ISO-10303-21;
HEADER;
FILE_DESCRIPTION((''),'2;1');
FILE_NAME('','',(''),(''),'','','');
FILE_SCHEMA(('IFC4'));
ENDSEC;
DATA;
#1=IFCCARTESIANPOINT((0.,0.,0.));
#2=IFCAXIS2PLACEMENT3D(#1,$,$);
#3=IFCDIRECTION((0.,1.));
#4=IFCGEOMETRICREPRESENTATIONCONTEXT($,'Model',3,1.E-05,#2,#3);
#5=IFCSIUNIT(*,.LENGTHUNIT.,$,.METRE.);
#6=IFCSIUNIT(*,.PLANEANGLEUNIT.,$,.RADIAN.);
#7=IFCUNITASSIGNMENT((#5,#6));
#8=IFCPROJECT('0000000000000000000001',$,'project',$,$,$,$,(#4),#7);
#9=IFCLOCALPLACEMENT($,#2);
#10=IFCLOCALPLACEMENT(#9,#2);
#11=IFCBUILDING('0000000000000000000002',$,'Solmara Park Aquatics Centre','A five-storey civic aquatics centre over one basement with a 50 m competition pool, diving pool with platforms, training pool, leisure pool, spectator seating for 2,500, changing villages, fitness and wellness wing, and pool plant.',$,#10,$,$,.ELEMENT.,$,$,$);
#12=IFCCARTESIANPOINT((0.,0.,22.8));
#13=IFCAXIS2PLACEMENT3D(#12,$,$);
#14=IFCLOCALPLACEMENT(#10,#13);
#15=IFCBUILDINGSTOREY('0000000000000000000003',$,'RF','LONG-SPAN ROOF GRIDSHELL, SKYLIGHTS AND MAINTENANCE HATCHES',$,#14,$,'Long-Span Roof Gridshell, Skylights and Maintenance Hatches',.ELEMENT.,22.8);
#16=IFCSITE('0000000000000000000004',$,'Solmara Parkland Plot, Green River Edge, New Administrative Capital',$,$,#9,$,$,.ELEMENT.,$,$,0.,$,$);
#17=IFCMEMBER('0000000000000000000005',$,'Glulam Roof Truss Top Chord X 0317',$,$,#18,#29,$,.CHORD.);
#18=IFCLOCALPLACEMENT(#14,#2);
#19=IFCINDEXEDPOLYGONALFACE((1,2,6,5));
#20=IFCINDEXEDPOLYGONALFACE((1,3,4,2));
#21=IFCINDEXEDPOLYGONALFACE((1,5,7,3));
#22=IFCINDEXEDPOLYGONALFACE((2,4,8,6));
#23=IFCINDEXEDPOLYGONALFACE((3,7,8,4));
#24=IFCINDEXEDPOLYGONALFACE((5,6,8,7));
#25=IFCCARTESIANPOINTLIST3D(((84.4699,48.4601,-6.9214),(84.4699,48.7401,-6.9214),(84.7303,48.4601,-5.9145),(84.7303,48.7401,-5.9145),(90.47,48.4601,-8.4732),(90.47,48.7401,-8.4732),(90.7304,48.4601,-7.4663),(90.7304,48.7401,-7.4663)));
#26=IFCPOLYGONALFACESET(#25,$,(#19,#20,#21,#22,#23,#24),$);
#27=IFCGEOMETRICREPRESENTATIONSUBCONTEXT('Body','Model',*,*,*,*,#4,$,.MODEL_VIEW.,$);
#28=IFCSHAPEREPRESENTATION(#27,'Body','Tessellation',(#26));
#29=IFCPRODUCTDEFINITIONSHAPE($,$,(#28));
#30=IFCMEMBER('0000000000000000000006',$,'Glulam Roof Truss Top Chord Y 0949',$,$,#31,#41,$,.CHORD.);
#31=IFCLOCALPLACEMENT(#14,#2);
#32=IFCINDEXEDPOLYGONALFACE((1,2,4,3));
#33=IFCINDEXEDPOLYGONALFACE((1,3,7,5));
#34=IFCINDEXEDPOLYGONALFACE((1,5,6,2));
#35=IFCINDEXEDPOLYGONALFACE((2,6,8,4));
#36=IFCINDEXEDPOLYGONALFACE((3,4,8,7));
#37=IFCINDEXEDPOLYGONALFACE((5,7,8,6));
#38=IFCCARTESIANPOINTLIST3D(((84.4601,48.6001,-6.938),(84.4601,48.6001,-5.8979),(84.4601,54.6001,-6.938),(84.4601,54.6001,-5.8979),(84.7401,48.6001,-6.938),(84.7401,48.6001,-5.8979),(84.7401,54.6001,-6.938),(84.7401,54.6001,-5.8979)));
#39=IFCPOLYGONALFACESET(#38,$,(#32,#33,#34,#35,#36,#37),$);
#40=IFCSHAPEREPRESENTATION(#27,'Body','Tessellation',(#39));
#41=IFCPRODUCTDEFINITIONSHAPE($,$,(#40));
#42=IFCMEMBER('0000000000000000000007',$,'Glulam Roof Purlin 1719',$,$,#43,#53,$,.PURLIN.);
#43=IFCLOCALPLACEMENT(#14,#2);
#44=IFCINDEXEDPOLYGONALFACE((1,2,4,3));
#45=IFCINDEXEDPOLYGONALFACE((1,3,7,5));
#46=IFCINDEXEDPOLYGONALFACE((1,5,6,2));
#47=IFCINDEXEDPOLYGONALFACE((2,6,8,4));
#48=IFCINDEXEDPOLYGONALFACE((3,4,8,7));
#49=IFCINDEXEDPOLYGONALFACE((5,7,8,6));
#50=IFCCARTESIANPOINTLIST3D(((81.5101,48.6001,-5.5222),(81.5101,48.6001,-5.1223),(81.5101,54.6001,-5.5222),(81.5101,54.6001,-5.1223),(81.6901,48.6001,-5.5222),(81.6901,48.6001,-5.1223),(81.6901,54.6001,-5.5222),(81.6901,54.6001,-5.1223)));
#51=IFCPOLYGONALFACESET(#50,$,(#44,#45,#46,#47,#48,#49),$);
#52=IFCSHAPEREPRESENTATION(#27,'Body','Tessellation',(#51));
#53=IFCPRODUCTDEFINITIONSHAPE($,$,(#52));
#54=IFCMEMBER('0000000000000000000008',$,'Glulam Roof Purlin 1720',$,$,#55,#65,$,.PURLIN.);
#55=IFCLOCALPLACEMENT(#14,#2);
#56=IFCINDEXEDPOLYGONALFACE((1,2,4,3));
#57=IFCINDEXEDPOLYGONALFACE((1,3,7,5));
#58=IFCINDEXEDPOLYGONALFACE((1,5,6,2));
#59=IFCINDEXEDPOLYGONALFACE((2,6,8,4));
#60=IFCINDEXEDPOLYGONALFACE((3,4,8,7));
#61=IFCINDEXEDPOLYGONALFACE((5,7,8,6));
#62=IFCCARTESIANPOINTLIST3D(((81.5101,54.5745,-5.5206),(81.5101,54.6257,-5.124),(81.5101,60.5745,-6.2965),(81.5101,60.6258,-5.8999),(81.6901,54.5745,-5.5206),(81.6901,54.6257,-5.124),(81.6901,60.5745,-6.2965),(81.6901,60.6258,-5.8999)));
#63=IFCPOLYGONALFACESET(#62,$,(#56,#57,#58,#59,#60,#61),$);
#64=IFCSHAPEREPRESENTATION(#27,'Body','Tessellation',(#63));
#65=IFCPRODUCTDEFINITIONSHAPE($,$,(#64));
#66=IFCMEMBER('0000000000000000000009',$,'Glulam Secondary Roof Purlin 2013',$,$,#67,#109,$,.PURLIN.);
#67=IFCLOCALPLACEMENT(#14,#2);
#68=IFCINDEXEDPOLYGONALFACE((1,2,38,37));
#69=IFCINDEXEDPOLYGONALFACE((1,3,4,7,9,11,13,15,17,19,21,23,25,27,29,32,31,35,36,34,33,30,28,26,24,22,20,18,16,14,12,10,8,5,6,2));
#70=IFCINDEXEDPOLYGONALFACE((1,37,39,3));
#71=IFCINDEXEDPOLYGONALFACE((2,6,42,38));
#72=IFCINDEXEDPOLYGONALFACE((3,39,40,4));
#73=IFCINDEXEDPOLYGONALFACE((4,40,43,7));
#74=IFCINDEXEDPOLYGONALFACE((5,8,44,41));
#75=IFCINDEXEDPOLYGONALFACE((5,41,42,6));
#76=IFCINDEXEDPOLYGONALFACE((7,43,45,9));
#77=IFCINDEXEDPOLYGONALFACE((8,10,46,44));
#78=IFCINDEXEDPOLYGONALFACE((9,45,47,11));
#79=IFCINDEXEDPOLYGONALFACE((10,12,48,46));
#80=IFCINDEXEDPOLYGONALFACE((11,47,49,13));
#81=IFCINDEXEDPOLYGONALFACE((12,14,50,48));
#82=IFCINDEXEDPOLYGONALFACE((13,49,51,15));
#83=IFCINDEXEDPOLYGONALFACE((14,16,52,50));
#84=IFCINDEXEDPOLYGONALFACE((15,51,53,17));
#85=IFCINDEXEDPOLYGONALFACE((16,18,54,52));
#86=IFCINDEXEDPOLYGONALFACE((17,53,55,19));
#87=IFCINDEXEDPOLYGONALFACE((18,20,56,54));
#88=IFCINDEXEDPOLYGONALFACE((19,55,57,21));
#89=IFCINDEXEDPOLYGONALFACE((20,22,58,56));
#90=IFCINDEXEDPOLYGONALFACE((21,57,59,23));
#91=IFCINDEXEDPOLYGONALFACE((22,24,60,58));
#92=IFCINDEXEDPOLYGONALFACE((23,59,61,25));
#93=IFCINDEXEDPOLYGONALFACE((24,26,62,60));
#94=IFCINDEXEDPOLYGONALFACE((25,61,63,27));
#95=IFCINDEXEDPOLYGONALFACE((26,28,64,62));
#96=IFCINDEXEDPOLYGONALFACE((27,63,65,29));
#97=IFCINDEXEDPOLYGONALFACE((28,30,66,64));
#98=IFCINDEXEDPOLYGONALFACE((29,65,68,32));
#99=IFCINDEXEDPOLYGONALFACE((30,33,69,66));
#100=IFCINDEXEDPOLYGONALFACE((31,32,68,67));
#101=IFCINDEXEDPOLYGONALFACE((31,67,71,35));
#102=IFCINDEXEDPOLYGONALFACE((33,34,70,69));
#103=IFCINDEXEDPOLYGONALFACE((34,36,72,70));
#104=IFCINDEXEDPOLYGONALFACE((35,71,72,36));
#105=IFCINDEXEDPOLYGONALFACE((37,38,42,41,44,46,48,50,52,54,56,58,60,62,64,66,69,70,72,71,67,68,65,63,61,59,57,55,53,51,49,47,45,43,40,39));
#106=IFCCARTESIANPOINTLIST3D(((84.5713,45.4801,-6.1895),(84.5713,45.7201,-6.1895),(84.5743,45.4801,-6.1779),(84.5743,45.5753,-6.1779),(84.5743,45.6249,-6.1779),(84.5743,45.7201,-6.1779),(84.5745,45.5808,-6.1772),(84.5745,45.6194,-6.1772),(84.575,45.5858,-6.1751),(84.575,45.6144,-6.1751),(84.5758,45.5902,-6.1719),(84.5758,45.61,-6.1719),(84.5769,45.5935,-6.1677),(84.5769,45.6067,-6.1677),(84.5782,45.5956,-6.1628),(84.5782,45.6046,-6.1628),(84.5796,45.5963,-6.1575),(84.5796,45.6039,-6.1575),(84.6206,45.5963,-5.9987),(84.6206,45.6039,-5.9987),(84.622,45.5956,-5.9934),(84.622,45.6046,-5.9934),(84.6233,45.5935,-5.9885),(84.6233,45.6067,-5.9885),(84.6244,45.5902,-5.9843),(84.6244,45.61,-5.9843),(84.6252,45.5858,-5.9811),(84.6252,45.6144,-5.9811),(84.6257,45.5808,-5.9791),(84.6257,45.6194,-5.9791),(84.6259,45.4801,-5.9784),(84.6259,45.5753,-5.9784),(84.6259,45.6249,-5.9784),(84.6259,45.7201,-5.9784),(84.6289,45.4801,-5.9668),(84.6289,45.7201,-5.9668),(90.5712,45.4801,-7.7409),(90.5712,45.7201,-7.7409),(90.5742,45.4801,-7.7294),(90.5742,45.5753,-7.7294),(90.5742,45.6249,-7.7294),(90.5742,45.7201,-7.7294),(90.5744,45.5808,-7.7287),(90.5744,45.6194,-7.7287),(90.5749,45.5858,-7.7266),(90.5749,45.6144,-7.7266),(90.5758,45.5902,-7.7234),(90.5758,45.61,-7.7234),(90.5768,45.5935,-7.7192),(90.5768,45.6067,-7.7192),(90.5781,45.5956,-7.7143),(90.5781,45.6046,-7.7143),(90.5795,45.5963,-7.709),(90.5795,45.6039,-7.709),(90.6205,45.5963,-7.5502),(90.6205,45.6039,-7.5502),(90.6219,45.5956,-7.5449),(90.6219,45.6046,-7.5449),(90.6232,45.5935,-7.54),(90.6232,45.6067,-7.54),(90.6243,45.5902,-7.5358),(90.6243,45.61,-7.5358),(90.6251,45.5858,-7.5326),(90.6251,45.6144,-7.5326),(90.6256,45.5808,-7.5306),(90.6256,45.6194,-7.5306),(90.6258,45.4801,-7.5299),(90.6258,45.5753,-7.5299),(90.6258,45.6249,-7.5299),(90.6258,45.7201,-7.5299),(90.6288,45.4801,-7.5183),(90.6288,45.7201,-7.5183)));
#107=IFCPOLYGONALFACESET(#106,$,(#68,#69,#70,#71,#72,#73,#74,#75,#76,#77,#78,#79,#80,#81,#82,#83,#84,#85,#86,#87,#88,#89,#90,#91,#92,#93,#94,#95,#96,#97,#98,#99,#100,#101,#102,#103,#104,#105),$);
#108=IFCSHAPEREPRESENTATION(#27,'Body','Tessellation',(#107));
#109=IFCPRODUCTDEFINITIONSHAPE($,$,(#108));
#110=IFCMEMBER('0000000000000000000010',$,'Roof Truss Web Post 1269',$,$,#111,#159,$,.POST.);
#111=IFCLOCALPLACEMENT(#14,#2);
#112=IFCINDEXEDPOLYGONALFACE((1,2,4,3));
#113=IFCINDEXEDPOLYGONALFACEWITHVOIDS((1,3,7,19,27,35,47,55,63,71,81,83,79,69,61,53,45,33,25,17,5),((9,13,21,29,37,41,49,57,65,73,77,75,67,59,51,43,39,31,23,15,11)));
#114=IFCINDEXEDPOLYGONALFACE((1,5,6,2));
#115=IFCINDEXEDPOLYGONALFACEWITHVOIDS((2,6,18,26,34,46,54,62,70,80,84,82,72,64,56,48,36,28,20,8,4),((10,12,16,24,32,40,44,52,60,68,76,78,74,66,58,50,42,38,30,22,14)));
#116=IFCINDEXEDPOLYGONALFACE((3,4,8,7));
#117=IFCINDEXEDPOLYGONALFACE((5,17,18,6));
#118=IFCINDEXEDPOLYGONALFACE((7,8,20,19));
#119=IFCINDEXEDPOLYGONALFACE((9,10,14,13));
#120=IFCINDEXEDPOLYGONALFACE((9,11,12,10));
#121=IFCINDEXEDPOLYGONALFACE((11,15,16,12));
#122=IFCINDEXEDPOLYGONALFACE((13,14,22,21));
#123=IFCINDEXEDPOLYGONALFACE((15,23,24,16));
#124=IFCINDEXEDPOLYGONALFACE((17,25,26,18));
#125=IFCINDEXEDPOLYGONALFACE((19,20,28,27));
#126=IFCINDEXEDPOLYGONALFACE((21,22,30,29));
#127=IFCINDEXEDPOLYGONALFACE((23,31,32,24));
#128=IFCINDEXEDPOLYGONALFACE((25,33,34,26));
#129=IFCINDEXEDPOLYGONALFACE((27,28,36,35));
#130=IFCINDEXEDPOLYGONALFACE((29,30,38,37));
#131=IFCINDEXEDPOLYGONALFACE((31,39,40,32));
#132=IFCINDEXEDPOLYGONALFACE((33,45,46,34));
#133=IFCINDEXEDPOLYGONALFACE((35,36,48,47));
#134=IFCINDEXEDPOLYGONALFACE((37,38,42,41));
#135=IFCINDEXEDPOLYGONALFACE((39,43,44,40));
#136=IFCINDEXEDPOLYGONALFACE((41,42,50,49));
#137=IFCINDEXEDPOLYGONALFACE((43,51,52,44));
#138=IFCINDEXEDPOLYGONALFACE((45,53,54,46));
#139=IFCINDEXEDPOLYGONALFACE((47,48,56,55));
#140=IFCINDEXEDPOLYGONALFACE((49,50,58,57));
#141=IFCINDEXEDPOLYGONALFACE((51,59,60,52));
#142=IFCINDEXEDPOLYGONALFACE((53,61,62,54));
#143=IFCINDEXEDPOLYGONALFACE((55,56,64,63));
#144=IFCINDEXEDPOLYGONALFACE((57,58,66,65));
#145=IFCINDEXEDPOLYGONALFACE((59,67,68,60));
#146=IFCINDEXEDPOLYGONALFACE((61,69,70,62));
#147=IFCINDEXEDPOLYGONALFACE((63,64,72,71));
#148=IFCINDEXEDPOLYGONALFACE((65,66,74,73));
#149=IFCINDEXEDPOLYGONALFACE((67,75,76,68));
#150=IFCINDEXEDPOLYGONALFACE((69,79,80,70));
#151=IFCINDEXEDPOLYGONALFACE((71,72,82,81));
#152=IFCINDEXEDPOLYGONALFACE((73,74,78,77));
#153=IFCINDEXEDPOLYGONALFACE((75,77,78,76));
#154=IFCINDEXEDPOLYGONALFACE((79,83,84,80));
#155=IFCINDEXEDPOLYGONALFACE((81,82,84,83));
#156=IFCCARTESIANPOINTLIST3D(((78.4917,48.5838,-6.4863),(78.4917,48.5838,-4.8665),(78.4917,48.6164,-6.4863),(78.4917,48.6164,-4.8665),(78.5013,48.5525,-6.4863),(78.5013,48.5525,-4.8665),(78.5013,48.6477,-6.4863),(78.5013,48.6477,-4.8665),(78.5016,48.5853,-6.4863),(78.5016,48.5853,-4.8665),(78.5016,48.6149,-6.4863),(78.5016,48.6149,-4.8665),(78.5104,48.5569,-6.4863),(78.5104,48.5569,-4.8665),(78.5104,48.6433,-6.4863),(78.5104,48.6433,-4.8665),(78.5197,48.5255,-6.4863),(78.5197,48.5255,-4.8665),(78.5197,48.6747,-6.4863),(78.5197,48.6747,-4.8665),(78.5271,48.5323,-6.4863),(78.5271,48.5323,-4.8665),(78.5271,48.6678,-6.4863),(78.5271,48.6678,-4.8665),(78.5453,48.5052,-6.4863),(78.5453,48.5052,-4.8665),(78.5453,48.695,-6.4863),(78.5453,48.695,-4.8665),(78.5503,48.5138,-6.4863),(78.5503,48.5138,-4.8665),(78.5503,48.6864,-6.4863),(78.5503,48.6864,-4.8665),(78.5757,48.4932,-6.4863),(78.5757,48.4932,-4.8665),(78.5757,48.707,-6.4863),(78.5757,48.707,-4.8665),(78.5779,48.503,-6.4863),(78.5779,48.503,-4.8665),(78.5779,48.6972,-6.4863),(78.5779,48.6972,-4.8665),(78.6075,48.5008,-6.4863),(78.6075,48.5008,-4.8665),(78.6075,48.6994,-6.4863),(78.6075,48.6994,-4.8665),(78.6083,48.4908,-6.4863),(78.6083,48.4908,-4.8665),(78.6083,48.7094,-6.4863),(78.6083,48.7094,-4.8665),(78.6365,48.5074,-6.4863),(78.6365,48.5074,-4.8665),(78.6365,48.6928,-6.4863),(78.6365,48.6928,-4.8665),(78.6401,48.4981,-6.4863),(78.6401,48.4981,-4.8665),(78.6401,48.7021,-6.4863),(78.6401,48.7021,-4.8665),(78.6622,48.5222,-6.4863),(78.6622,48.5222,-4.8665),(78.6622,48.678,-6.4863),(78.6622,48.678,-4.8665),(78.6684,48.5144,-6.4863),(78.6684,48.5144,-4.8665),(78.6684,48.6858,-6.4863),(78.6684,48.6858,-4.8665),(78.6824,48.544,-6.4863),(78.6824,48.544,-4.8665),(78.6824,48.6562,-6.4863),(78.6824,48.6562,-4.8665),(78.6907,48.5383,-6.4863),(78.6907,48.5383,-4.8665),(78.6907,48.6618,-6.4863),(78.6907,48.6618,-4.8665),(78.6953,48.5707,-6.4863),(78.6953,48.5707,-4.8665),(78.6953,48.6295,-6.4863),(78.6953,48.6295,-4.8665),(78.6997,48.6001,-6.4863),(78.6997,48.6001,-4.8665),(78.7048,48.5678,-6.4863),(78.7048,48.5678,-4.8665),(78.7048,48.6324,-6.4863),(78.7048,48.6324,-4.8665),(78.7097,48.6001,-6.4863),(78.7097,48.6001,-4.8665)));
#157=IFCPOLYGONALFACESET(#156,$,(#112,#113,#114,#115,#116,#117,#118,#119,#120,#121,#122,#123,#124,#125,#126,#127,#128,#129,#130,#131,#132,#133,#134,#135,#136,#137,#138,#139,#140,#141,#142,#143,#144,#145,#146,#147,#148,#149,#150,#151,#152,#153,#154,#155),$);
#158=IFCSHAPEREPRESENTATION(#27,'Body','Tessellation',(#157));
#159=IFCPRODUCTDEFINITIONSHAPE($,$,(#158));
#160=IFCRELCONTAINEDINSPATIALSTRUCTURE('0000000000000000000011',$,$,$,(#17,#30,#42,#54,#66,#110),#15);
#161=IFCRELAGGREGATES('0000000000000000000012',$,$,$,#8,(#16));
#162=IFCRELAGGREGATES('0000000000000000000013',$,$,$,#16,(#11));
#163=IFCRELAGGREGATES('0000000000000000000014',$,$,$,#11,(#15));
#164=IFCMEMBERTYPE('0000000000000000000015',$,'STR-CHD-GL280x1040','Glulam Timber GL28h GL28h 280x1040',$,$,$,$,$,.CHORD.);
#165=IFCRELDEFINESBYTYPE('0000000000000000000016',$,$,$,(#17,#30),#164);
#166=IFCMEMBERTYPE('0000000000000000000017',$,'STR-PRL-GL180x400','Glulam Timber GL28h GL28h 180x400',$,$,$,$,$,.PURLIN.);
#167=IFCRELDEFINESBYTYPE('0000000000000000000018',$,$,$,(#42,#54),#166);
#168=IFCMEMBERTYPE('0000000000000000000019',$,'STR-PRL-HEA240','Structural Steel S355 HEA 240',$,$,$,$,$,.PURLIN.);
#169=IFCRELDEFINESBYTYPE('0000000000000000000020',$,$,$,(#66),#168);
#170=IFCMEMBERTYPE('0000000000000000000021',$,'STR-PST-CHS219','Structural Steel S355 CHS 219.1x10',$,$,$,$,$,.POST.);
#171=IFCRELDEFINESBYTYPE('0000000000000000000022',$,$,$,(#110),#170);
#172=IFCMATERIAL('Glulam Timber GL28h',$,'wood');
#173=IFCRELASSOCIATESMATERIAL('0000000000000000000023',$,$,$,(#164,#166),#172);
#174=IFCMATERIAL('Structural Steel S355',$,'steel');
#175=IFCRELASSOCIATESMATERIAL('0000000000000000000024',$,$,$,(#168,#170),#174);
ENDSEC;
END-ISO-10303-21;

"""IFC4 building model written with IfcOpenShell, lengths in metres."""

from ifc_helpers import new_model, si_unit, direction, frame, origin, origin_2d, place, context, subcontext, project, spatial, rectangle, hollow_circle, i_section, extrude, material, material_profile, profile_set, type_object, element, save


model = new_model("IFC4")

# Units and contexts
model_context = context("Model", 3, precision=1e-05, world=origin(), true_north=direction((0.0, 1.0)))
body_context = subcontext(model_context, "Body", "Model", "MODEL_VIEW")
ifc_project = project(units=[si_unit("LENGTHUNIT", "METRE"), si_unit("PLANEANGLEUNIT", "RADIAN")], contexts=[model_context])

# Site, building, storey
site_placement = place(None, origin())
site = spatial("IfcSite", under=ifc_project, at=site_placement, Name="Solmara Parkland Plot, Green River Edge, New Administrative Capital", CompositionType="ELEMENT", RefElevation=0.0)
building_placement = place(site_placement, origin())
building = spatial("IfcBuilding", under=site, at=building_placement, Name="Solmara Park Aquatics Centre", Description="A five-storey civic aquatics centre over one basement with a 50 m competition pool, diving pool with platforms, training pool, leisure pool, spectator seating for 2,500, changing villages, fitness and wellness wing, and pool plant.", CompositionType="ELEMENT")
storey_placement = place(building_placement, frame((0.0, 0.0, 22.8)))
storey = spatial("IfcBuildingStorey", under=building, at=storey_placement, Name="RF", Description="LONG-SPAN ROOF GRIDSHELL, SKYLIGHTS AND MAINTENANCE HATCHES", LongName="Long-Span Roof Gridshell, Skylights and Maintenance Hatches", CompositionType="ELEMENT", Elevation=22.8)

# Members
ifc_material_1 = material(Name="Structural Steel S355", Category="steel")
ifc_material_2 = material(Name="Glulam Timber GL28h", Category="wood")
ifc_material_profile_1 = material_profile(ifc_material_2, rectangle(XDim=0.28, YDim=1.04, at=origin_2d()), Name="GL28h 280x1040")
ifc_profile_set_1 = profile_set([ifc_material_profile_1], Name="Glulam Timber GL28h")
member_type_1 = type_object("IfcMemberType", Name="STR-CHD-GL280x1040", Description="Glulam Timber GL28h GL28h 280x1040", PredefinedType="CHORD", material=ifc_profile_set_1)
member_1_placement = place(storey_placement, frame((84.6001, 48.6001, -6.418), z_axis=(0.968146, 0.0, -0.250388), x_axis=(0.0, 1.0, 0.0)))
element("IfcMember", 1, at=member_1_placement, inside=storey, type_object=member_type_1, Name="Glulam Roof Truss Top Chord X 0317", PredefinedType="CHORD", context=body_context, shape_type="SweptSolid", body=[
    extrude(rectangle(XDim=0.28, YDim=1.04, at=origin_2d()), origin(), (0.0, 0.0, 1.0), 6.1975),
])
member_2_placement = place(storey_placement, frame((84.6001, 48.6001, -6.418), z_axis=(0.0, 1.0, 0.0), x_axis=(-1.0, 0.0, 0.0)))
element("IfcMember", 2, at=member_2_placement, inside=storey, type_object=member_type_1, Name="Glulam Roof Truss Top Chord Y 0949", PredefinedType="CHORD", context=body_context, shape_type="SweptSolid", body=[
    extrude(rectangle(XDim=0.28, YDim=1.04, at=origin_2d()), origin(), (0.0, 0.0, 1.0), 6.0),
])
ifc_material_profile_2 = material_profile(ifc_material_2, rectangle(XDim=0.1799, YDim=0.3999, at=origin_2d()), Name="GL28h 180x400")
ifc_profile_set_2 = profile_set([ifc_material_profile_2], Name="Glulam Timber GL28h")
member_type_2 = type_object("IfcMemberType", Name="STR-PRL-GL180x400", Description="Glulam Timber GL28h GL28h 180x400", PredefinedType="PURLIN", material=ifc_profile_set_2)
member_3_placement = place(storey_placement, frame((81.6001, 48.6001, -5.3223), z_axis=(0.0, 1.0, 0.0), x_axis=(-1.0, 0.0, 0.0)))
element("IfcMember", 3, at=member_3_placement, inside=storey, type_object=member_type_2, Name="Glulam Roof Purlin 1719", PredefinedType="PURLIN", context=body_context, shape_type="SweptSolid", body=[
    extrude(rectangle(XDim=0.1799, YDim=0.3999, at=origin_2d()), origin(), (0.0, 0.0, 1.0), 6.0),
])
member_4_placement = place(storey_placement, frame((81.6001, 54.6001, -5.3223), z_axis=(0.0, 0.991742, -0.128245), x_axis=(-1.0, 0.0, 0.0)))
element("IfcMember", 4, at=member_4_placement, inside=storey, type_object=member_type_2, Name="Glulam Roof Purlin 1720", PredefinedType="PURLIN", context=body_context, shape_type="SweptSolid", body=[
    extrude(rectangle(XDim=0.1799, YDim=0.3999, at=origin_2d()), origin(), (0.0, 0.0, 1.0), 6.05),
])
ifc_material_profile_3 = material_profile(ifc_material_1, i_section(OverallWidth=0.24, OverallDepth=0.23, WebThickness=0.0076, FlangeThickness=0.012, FilletRadius=0.021, at=origin_2d()), Name="HEA 240")
ifc_profile_set_3 = profile_set([ifc_material_profile_3], Name="Structural Steel S355")
member_type_3 = type_object("IfcMemberType", Name="STR-PRL-HEA240", Description="Structural Steel S355 HEA 240", PredefinedType="PURLIN", material=ifc_profile_set_3)
member_5_placement = place(storey_placement, frame((84.6001, 45.6001, -6.0781), z_axis=(0.968155, 0.0, -0.250351), x_axis=(0.0, 1.0, 0.0)))
element("IfcMember", 5, at=member_5_placement, inside=storey, type_object=member_type_3, Name="Glulam Secondary Roof Purlin 2013", PredefinedType="PURLIN", context=body_context, shape_type="SweptSolid", body=[
    extrude(i_section(OverallWidth=0.24, OverallDepth=0.23, WebThickness=0.0076, FlangeThickness=0.012, FilletRadius=0.021, at=origin_2d()), origin(), (0.0, 0.0, 1.0), 6.1973),
])
ifc_material_profile_4 = material_profile(ifc_material_1, hollow_circle(Radius=0.1096, WallThickness=0.01, at=origin_2d()), Name="CHS 219.1x10")
ifc_profile_set_4 = profile_set([ifc_material_profile_4], Name="Structural Steel S355")
member_type_4 = type_object("IfcMemberType", Name="STR-PST-CHS219", Description="Structural Steel S355 CHS 219.1x10", PredefinedType="POST", material=ifc_profile_set_4)
for number, where, z_axis, x_axis, name in (
    (6, (78.6001, 48.6001, -6.4863), (0.0, 0.0, 1.0), (1.0, 0.0, 0.0), "Roof Truss Web Post 1269"),
):
    element("IfcMember", number, at=place(storey_placement, frame(where, z_axis=z_axis, x_axis=x_axis)), inside=storey, type_object=member_type_4, Name=name, PredefinedType="POST", context=body_context, shape_type="SweptSolid", body=[
        extrude(hollow_circle(Radius=0.1096, WallThickness=0.01, at=origin_2d()), origin(), (0.0, 0.0, 1.0), 1.6199),
    ])

save(model, "model.ifc")
